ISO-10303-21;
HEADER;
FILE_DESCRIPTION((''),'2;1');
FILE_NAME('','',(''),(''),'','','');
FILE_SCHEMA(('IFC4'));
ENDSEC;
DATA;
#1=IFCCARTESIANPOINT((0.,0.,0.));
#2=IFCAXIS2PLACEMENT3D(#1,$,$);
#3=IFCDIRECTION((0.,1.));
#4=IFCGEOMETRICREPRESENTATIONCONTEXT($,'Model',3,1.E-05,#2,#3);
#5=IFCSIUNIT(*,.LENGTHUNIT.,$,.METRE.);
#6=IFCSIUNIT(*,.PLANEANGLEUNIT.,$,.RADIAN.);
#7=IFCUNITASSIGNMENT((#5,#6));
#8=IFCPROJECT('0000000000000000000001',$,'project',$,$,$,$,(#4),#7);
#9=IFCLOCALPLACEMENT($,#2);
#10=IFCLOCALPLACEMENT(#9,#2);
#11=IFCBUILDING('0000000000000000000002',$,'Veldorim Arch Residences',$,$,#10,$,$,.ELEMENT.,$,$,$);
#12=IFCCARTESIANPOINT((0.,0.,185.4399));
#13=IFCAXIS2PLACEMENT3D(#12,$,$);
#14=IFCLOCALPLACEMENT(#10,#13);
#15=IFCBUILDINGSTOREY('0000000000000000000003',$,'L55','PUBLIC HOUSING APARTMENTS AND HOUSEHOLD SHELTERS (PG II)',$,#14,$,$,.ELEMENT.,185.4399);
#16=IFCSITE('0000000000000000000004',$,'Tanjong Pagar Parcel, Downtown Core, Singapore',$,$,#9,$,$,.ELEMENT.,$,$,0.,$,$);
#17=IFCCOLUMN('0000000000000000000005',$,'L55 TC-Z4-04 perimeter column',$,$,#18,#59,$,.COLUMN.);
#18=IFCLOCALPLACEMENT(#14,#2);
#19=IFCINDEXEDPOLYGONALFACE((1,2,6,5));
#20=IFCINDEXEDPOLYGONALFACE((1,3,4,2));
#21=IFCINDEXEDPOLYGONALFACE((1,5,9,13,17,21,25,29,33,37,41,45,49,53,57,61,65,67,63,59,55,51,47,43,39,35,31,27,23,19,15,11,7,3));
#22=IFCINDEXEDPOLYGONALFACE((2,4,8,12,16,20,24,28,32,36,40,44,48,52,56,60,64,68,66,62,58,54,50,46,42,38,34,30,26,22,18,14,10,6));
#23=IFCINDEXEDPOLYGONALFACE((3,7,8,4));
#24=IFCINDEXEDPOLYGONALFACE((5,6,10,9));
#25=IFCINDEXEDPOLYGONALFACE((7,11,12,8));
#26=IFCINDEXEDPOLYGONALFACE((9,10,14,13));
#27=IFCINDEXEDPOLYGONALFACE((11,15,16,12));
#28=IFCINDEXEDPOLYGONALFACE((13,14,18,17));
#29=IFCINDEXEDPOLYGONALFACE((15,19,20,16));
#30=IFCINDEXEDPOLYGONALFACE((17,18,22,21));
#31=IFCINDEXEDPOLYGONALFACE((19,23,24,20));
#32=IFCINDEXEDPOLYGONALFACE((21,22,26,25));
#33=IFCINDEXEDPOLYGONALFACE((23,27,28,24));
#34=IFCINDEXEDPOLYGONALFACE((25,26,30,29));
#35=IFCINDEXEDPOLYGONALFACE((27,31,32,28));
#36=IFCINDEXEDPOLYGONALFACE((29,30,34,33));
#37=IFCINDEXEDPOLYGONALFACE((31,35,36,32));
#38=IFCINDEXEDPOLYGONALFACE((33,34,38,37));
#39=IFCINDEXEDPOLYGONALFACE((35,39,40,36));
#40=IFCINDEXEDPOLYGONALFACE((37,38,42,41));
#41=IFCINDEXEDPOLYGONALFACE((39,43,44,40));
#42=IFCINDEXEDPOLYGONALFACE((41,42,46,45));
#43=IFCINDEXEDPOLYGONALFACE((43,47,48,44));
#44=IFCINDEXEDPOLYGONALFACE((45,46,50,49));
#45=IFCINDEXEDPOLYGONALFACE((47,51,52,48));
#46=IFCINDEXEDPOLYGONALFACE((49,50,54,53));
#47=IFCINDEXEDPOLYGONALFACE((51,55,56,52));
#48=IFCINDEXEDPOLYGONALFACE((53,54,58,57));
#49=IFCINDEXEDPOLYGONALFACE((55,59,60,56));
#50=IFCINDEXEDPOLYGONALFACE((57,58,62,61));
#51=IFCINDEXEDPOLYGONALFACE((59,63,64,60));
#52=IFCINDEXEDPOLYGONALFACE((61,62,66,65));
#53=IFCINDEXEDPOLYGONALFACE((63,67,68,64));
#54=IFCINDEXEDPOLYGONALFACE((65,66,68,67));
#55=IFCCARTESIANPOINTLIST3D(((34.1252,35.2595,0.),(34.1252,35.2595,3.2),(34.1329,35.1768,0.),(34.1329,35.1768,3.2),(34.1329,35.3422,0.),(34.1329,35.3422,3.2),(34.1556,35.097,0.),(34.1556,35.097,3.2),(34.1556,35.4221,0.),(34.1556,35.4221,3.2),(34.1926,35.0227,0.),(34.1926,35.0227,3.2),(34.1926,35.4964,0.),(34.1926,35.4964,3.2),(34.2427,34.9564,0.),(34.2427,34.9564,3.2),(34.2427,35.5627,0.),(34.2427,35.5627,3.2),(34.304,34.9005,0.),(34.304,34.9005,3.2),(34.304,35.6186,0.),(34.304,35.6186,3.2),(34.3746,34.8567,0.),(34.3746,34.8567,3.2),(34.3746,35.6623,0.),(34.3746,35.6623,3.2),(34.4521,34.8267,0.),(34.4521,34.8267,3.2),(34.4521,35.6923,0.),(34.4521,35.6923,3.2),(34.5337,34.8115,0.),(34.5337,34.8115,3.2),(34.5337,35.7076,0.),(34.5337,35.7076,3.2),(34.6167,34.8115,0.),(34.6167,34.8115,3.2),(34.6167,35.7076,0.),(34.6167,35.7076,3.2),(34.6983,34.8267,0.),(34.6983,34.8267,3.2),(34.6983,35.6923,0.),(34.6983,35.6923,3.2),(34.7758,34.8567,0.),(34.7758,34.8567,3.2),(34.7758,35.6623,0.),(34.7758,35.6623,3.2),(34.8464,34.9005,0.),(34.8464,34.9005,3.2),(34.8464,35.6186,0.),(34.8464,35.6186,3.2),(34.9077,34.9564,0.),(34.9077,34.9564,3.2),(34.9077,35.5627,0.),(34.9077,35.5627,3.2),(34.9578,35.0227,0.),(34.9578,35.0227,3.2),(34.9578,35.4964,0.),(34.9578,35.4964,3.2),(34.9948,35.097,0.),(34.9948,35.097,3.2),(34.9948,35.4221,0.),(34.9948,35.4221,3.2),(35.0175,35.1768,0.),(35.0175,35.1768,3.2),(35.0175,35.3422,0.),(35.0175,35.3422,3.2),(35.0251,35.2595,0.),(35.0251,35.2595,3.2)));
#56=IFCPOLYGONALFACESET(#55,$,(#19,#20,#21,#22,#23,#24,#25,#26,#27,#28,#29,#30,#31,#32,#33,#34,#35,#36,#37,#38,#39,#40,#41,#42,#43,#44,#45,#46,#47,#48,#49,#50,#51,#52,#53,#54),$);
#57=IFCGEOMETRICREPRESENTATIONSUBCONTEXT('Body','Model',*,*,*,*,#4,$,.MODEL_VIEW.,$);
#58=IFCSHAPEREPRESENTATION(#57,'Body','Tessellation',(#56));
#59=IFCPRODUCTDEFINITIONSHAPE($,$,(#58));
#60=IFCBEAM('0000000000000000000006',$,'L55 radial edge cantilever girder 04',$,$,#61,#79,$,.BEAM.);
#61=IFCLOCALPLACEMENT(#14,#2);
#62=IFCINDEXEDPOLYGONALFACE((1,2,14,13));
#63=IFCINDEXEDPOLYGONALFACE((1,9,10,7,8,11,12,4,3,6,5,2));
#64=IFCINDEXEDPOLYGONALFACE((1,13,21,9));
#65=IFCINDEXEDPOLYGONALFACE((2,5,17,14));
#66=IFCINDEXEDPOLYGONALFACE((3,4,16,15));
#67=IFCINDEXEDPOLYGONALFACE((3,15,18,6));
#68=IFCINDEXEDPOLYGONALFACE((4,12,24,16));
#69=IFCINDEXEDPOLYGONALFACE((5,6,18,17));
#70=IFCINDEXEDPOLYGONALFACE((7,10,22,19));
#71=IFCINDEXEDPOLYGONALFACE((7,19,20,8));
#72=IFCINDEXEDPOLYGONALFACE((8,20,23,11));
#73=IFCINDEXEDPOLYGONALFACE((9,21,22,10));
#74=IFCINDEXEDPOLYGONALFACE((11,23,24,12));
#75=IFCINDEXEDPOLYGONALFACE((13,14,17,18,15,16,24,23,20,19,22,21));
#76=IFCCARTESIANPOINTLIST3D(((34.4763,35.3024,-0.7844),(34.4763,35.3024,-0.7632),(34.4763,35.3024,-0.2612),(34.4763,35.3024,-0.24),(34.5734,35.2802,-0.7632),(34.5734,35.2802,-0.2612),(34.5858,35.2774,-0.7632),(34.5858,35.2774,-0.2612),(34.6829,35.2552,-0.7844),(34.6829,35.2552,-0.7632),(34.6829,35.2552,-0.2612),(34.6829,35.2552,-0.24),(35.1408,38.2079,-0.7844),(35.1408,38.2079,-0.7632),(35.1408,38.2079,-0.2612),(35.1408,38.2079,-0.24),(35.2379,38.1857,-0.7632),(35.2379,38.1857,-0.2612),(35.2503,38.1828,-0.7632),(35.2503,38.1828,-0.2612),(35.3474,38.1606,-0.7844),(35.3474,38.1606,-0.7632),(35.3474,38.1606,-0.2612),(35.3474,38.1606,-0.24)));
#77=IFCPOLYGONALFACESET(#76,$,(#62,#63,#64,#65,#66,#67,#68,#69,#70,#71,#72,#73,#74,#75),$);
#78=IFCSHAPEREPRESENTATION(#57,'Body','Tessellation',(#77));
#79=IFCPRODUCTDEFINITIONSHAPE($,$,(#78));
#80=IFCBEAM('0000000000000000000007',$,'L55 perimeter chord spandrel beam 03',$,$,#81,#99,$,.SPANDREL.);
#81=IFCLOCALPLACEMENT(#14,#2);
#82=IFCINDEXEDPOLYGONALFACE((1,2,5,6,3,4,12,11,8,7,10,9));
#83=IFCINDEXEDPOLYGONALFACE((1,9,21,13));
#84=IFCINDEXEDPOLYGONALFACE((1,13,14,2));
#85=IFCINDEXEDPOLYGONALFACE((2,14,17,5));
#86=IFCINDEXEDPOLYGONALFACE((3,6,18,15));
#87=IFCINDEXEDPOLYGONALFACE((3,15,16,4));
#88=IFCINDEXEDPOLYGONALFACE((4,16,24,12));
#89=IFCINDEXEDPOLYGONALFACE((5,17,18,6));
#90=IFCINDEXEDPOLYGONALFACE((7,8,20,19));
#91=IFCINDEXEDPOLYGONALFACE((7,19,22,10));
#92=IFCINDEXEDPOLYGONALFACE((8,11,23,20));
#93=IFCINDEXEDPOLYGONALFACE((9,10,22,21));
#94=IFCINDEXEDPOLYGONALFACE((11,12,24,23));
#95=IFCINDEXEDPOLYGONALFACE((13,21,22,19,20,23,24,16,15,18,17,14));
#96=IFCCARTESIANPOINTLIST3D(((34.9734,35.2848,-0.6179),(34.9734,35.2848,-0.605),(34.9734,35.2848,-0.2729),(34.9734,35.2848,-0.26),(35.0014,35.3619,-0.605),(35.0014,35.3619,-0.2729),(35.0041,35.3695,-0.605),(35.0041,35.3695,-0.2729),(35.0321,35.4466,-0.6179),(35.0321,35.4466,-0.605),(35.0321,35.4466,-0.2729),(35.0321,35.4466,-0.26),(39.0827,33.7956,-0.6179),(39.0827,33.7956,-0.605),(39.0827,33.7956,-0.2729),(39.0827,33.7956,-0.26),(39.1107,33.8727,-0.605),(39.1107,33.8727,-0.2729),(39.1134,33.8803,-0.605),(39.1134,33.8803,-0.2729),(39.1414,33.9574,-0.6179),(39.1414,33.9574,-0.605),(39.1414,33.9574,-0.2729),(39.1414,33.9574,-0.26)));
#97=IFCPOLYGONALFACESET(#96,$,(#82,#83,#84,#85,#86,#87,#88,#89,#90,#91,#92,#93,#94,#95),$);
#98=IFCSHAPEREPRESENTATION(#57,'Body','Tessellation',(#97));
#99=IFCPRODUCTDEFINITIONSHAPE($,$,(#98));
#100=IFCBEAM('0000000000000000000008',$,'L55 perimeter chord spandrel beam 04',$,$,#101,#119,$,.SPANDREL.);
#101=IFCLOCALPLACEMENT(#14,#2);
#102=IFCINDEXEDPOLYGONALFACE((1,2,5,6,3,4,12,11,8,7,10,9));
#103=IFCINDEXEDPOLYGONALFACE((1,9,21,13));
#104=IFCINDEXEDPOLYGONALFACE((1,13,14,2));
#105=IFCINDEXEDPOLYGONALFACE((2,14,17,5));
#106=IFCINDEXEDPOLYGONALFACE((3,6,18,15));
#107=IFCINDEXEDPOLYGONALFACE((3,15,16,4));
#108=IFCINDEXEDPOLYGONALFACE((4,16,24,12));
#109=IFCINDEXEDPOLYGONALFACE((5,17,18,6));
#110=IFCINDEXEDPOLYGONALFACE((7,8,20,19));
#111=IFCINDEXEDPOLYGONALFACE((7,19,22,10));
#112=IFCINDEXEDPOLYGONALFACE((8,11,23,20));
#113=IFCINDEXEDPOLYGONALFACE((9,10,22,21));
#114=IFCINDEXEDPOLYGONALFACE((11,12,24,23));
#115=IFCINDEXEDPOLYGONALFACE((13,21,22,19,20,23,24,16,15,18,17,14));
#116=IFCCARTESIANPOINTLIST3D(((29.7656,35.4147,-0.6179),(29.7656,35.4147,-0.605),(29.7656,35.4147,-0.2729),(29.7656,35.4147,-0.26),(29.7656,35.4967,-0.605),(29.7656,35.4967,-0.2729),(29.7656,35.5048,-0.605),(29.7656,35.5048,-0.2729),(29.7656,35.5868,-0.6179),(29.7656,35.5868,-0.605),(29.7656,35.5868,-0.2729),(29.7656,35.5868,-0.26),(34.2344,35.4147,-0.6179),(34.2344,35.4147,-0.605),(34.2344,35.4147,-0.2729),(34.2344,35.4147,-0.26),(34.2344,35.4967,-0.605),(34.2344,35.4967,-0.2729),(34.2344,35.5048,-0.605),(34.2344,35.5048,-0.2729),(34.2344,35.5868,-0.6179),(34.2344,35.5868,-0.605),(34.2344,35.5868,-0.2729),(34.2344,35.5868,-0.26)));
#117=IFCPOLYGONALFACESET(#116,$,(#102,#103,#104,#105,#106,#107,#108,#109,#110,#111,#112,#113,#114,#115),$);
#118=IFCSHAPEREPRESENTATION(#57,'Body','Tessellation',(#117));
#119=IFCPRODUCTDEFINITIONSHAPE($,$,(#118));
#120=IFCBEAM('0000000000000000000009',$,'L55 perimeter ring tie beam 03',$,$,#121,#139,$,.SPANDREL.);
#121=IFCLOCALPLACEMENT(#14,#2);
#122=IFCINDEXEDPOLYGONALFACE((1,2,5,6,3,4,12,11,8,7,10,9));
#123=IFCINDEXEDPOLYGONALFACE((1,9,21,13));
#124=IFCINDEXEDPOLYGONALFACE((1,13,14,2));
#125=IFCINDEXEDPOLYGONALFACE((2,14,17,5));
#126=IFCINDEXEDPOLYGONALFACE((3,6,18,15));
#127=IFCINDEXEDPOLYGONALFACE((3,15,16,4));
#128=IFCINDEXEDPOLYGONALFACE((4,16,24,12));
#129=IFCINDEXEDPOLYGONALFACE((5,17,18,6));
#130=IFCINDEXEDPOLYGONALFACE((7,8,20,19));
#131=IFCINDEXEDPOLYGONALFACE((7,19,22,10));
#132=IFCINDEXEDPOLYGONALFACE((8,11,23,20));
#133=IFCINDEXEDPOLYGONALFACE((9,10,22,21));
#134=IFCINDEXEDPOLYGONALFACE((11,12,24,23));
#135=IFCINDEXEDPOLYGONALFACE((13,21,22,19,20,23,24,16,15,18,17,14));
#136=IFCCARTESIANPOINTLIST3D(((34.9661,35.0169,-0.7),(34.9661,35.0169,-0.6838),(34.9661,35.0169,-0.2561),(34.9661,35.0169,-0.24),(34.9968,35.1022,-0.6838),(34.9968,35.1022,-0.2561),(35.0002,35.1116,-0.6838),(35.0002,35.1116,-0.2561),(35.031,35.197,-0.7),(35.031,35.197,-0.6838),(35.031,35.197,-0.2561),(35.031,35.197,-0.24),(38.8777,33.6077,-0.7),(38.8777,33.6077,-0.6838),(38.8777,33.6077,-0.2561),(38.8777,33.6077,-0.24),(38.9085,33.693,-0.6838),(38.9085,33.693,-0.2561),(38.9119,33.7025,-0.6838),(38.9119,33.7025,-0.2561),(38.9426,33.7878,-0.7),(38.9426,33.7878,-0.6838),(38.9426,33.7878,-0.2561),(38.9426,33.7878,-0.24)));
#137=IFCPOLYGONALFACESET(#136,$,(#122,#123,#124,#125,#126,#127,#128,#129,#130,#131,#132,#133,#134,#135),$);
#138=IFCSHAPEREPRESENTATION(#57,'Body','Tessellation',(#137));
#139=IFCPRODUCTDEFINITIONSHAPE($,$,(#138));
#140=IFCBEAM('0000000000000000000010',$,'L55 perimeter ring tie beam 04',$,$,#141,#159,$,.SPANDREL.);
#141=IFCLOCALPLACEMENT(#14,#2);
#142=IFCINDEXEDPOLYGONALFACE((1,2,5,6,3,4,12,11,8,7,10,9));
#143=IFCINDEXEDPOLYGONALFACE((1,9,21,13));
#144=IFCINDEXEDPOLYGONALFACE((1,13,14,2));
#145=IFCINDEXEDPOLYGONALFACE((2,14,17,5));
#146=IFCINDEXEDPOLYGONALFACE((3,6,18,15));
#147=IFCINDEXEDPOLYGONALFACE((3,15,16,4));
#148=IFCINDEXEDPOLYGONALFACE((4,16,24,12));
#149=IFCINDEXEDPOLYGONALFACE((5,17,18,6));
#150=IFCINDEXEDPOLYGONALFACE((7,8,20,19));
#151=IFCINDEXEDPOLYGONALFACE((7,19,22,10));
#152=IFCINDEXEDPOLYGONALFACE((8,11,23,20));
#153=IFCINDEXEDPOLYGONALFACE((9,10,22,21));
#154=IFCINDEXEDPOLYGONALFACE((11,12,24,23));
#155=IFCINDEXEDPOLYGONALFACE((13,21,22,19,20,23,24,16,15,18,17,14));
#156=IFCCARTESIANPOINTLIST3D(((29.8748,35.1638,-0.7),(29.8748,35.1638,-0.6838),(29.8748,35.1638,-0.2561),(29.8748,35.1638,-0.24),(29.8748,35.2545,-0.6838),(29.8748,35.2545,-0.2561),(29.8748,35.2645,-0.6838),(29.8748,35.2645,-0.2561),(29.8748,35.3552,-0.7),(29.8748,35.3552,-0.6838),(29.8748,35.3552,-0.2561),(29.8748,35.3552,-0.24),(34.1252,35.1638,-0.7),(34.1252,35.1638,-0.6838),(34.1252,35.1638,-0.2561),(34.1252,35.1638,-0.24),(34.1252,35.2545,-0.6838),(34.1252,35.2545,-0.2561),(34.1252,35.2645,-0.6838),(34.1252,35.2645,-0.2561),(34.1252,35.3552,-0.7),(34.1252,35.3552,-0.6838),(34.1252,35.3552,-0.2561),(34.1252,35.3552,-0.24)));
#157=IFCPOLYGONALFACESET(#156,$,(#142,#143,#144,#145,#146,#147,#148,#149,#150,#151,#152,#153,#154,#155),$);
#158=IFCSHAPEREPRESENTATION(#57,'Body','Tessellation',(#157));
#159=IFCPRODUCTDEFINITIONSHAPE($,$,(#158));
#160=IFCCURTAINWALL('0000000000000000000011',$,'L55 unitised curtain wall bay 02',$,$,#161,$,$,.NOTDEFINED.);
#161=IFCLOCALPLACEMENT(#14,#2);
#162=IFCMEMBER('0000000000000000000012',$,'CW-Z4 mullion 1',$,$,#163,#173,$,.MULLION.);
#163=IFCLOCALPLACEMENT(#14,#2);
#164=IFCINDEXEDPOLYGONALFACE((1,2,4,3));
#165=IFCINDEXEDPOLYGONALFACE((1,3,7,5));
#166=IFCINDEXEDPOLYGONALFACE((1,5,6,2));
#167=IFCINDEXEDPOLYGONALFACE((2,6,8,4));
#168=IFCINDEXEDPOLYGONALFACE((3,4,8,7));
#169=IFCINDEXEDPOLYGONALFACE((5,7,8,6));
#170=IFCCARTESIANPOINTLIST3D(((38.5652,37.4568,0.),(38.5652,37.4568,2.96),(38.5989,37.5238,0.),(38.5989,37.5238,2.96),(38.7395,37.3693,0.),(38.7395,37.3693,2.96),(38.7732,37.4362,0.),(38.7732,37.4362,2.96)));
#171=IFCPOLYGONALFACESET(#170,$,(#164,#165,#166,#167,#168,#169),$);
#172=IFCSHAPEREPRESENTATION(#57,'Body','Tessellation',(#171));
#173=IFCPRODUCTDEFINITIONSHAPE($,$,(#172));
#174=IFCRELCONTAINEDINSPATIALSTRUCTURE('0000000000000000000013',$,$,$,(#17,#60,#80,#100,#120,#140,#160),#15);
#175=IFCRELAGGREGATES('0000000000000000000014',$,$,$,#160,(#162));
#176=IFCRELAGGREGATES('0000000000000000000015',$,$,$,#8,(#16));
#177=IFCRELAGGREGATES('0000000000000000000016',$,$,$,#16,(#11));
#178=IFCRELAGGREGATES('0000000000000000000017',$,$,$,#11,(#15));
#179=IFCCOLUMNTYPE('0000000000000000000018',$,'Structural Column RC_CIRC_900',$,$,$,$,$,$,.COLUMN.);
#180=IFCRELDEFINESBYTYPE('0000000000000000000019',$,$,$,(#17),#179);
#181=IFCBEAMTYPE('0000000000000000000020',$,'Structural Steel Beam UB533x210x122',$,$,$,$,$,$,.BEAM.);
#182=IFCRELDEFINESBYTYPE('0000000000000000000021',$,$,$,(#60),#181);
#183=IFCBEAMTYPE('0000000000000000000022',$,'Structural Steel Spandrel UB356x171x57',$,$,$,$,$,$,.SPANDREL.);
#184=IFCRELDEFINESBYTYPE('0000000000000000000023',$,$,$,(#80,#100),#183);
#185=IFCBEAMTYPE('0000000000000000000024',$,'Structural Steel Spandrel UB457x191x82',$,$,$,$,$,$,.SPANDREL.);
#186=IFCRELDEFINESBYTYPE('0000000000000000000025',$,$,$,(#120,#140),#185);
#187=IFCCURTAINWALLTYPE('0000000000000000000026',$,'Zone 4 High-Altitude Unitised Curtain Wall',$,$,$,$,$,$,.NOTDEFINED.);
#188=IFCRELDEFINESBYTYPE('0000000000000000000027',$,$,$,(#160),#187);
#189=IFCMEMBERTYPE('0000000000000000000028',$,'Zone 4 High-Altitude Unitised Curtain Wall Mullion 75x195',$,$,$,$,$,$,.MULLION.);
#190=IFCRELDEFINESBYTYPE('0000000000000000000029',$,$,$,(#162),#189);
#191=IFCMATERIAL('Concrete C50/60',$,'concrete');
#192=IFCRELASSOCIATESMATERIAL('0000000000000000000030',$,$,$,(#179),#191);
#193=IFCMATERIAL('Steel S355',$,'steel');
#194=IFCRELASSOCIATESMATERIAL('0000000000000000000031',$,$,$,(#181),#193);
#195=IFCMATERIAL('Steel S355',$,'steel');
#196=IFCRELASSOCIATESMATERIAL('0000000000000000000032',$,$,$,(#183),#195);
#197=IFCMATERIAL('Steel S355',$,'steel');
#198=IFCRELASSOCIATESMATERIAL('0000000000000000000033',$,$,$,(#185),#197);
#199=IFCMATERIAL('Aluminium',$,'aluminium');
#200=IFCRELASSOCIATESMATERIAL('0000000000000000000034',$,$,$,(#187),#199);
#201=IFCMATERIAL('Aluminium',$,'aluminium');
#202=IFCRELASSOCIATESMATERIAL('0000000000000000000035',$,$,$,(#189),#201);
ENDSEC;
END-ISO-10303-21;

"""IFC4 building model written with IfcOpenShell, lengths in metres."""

from ifc_helpers import new_model, si_unit, direction, frame, origin, origin_2d, place, context, subcontext, project, spatial, rectangle, circle, i_section, extrude, material, material_profile, profile_set, type_object, element, aggregate, save


model = new_model("IFC4")

# Units and contexts
model_context = context("Model", 3, precision=1e-05, world=origin(), true_north=direction((0.0, 1.0)))
body_context = subcontext(model_context, "Body", "Model", "MODEL_VIEW")
ifc_project = project(units=[si_unit("LENGTHUNIT", "METRE"), si_unit("PLANEANGLEUNIT", "RADIAN")], contexts=[model_context])

# Site, building, storey
site_placement = place(None, origin())
site = spatial("IfcSite", under=ifc_project, at=site_placement, Name="Tanjong Pagar Parcel, Downtown Core, Singapore", CompositionType="ELEMENT", RefElevation=0.0)
building_placement = place(site_placement, origin())
building = spatial("IfcBuilding", under=site, at=building_placement, Name="Veldorim Arch Residences", CompositionType="ELEMENT")
storey_placement = place(building_placement, frame((0.0, 0.0, 185.4399)))
storey = spatial("IfcBuildingStorey", under=building, at=storey_placement, Name="L55", Description="PUBLIC HOUSING APARTMENTS AND HOUSEHOLD SHELTERS (PG II)", CompositionType="ELEMENT", Elevation=185.4399)

# Column
ifc_material_1 = material(Name="Concrete C50/60", Category="concrete")
ifc_material_profile_1 = material_profile(ifc_material_1, circle(Radius=0.45, at=origin_2d()), Name="RC_CIRC_900")
ifc_profile_set_1 = profile_set([ifc_material_profile_1], Name="Concrete C50/60")
column_type = type_object("IfcColumnType", Name="Structural Column RC_CIRC_900", PredefinedType="COLUMN", material=ifc_profile_set_1)
column_placement = place(storey_placement, frame((34.5752, 35.2595, 0.0), z_axis=(0.0, 0.0, 1.0), x_axis=(1.0, 0.0, 0.0)))
element("IfcColumn", 1, at=column_placement, inside=storey, type_object=column_type, Name="L55 TC-Z4-04 perimeter column", PredefinedType="COLUMN", context=body_context, shape_type="SweptSolid", body=[
    extrude(circle(Radius=0.45, at=origin_2d()), origin(), (0.0, 0.0, 1.0), 3.2),
])

# Beams
ifc_material_2 = material(Name="Steel S355", Category="steel")
ifc_material_profile_2 = material_profile(ifc_material_2, i_section(OverallWidth=0.2119, OverallDepth=0.5444, WebThickness=0.0127, FlangeThickness=0.0212, at=origin_2d()), Name="UB533x210x122")
ifc_profile_set_2 = profile_set([ifc_material_profile_2], Name="Steel S355")
beam_type_1 = type_object("IfcBeamType", Name="Structural Steel Beam UB533x210x122", PredefinedType="BEAM", material=ifc_profile_set_2)
beam_1_placement = place(storey_placement, frame((34.5796, 35.2788, -0.5122), z_axis=(0.222963, 0.974827, 0.0), x_axis=(-0.974827, 0.222963, 0.0)))
element("IfcBeam", 2, at=beam_1_placement, inside=storey, type_object=beam_type_1, Name="L55 radial edge cantilever girder 04", PredefinedType="BEAM", context=body_context, shape_type="SweptSolid", body=[
    extrude(i_section(OverallWidth=0.2119, OverallDepth=0.5444, WebThickness=0.0127, FlangeThickness=0.0212, at=origin_2d()), origin(), (0.0, 0.0, 1.0), 2.9805),
])
ifc_material_3 = material(Name="Steel S355", Category="steel")
ifc_material_profile_3 = material_profile(ifc_material_3, i_section(OverallWidth=0.1721, OverallDepth=0.3579, WebThickness=0.0081, FlangeThickness=0.0129, at=origin_2d()), Name="UB356x171x57")
ifc_profile_set_3 = profile_set([ifc_material_profile_3], Name="Steel S355")
beam_type_2 = type_object("IfcBeamType", Name="Structural Steel Spandrel UB356x171x57", PredefinedType="SPANDREL", material=ifc_profile_set_3)
beam_2_placement = place(storey_placement, frame((39.1121, 33.8765, -0.439), z_axis=(-0.940165, 0.34072, 0.0), x_axis=(-0.34072, -0.940165, 0.0)))
element("IfcBeam", 3, at=beam_2_placement, inside=storey, type_object=beam_type_2, Name="L55 perimeter chord spandrel beam 03", PredefinedType="SPANDREL", context=body_context, shape_type="SweptSolid", body=[
    extrude(i_section(OverallWidth=0.1721, OverallDepth=0.3579, WebThickness=0.0081, FlangeThickness=0.0129, at=origin_2d()), origin(), (0.0, 0.0, 1.0), 4.3708),
])
beam_3_placement = place(storey_placement, frame((34.2344, 35.5007, -0.439), z_axis=(-1.0, 0.0, 0.0), x_axis=(0.0, -1.0, 0.0)))
element("IfcBeam", 4, at=beam_3_placement, inside=storey, type_object=beam_type_2, Name="L55 perimeter chord spandrel beam 04", PredefinedType="SPANDREL", context=body_context, shape_type="SweptSolid", body=[
    extrude(i_section(OverallWidth=0.1721, OverallDepth=0.3579, WebThickness=0.0081, FlangeThickness=0.0129, at=origin_2d()), origin(), (0.0, 0.0, 1.0), 4.4688),
])
ifc_material_4 = material(Name="Steel S355", Category="steel")
ifc_material_profile_4 = material_profile(ifc_material_4, i_section(OverallWidth=0.1914, OverallDepth=0.46, WebThickness=0.01, FlangeThickness=0.0161, at=origin_2d()), Name="UB457x191x82")
ifc_profile_set_4 = profile_set([ifc_material_profile_4], Name="Steel S355")
beam_type_3 = type_object("IfcBeamType", Name="Structural Steel Spandrel UB457x191x82", PredefinedType="SPANDREL", material=ifc_profile_set_4)
beam_4_placement = place(storey_placement, frame((38.9102, 33.6978, -0.47), z_axis=(-0.940811, 0.338932, 0.0), x_axis=(-0.338932, -0.940811, 0.0)))
element("IfcBeam", 5, at=beam_4_placement, inside=storey, type_object=beam_type_3, Name="L55 perimeter ring tie beam 03", PredefinedType="SPANDREL", context=body_context, shape_type="SweptSolid", body=[
    extrude(i_section(OverallWidth=0.1914, OverallDepth=0.46, WebThickness=0.01, FlangeThickness=0.0161, at=origin_2d()), origin(), (0.0, 0.0, 1.0), 4.1577),
])
beam_5_placement = place(storey_placement, frame((34.1252, 35.2595, -0.47), z_axis=(-1.0, 0.0, 0.0), x_axis=(0.0, -1.0, 0.0)))
element("IfcBeam", 6, at=beam_5_placement, inside=storey, type_object=beam_type_3, Name="L55 perimeter ring tie beam 04", PredefinedType="SPANDREL", context=body_context, shape_type="SweptSolid", body=[
    extrude(i_section(OverallWidth=0.1914, OverallDepth=0.46, WebThickness=0.01, FlangeThickness=0.0161, at=origin_2d()), origin(), (0.0, 0.0, 1.0), 4.2505),
])

# Curtain wall, member
ifc_material_5 = material(Name="Aluminium", Category="aluminium")
curtain_wall_type = type_object("IfcCurtainWallType", Name="Zone 4 High-Altitude Unitised Curtain Wall", PredefinedType="NOTDEFINED", material=ifc_material_5)
curtain_wall_placement = place(storey_placement, origin())
curtain_wall = element("IfcCurtainWall", 7, at=curtain_wall_placement, inside=storey, type_object=curtain_wall_type, Name="L55 unitised curtain wall bay 02", PredefinedType="NOTDEFINED")
ifc_material_6 = material(Name="Aluminium", Category="aluminium")
ifc_material_profile_5 = material_profile(ifc_material_6, rectangle(XDim=0.075, YDim=0.1951, at=origin_2d()), Name="ALU_MUL_75x195")
ifc_profile_set_5 = profile_set([ifc_material_profile_5], Name="Aluminium")
member_type_1 = type_object("IfcMemberType", Name="Zone 4 High-Altitude Unitised Curtain Wall Mullion 75x195", PredefinedType="MULLION", material=ifc_profile_set_5)
member_1_placement = place(storey_placement, frame((38.6692, 37.4465, 0.0), z_axis=(0.0, 0.0, 1.0), x_axis=(0.448866, 0.893599, 0.0)))
member_1 = element("IfcMember", 8, at=member_1_placement, type_object=member_type_1, Name="CW-Z4 mullion 1", PredefinedType="MULLION", context=body_context, shape_type="SweptSolid", body=[
    extrude(rectangle(XDim=0.075, YDim=0.1951, at=origin_2d()), origin(), (0.0, 0.0, 1.0), 2.96),
])
aggregate(curtain_wall, [member_1])

save(model, "model.ifc")
